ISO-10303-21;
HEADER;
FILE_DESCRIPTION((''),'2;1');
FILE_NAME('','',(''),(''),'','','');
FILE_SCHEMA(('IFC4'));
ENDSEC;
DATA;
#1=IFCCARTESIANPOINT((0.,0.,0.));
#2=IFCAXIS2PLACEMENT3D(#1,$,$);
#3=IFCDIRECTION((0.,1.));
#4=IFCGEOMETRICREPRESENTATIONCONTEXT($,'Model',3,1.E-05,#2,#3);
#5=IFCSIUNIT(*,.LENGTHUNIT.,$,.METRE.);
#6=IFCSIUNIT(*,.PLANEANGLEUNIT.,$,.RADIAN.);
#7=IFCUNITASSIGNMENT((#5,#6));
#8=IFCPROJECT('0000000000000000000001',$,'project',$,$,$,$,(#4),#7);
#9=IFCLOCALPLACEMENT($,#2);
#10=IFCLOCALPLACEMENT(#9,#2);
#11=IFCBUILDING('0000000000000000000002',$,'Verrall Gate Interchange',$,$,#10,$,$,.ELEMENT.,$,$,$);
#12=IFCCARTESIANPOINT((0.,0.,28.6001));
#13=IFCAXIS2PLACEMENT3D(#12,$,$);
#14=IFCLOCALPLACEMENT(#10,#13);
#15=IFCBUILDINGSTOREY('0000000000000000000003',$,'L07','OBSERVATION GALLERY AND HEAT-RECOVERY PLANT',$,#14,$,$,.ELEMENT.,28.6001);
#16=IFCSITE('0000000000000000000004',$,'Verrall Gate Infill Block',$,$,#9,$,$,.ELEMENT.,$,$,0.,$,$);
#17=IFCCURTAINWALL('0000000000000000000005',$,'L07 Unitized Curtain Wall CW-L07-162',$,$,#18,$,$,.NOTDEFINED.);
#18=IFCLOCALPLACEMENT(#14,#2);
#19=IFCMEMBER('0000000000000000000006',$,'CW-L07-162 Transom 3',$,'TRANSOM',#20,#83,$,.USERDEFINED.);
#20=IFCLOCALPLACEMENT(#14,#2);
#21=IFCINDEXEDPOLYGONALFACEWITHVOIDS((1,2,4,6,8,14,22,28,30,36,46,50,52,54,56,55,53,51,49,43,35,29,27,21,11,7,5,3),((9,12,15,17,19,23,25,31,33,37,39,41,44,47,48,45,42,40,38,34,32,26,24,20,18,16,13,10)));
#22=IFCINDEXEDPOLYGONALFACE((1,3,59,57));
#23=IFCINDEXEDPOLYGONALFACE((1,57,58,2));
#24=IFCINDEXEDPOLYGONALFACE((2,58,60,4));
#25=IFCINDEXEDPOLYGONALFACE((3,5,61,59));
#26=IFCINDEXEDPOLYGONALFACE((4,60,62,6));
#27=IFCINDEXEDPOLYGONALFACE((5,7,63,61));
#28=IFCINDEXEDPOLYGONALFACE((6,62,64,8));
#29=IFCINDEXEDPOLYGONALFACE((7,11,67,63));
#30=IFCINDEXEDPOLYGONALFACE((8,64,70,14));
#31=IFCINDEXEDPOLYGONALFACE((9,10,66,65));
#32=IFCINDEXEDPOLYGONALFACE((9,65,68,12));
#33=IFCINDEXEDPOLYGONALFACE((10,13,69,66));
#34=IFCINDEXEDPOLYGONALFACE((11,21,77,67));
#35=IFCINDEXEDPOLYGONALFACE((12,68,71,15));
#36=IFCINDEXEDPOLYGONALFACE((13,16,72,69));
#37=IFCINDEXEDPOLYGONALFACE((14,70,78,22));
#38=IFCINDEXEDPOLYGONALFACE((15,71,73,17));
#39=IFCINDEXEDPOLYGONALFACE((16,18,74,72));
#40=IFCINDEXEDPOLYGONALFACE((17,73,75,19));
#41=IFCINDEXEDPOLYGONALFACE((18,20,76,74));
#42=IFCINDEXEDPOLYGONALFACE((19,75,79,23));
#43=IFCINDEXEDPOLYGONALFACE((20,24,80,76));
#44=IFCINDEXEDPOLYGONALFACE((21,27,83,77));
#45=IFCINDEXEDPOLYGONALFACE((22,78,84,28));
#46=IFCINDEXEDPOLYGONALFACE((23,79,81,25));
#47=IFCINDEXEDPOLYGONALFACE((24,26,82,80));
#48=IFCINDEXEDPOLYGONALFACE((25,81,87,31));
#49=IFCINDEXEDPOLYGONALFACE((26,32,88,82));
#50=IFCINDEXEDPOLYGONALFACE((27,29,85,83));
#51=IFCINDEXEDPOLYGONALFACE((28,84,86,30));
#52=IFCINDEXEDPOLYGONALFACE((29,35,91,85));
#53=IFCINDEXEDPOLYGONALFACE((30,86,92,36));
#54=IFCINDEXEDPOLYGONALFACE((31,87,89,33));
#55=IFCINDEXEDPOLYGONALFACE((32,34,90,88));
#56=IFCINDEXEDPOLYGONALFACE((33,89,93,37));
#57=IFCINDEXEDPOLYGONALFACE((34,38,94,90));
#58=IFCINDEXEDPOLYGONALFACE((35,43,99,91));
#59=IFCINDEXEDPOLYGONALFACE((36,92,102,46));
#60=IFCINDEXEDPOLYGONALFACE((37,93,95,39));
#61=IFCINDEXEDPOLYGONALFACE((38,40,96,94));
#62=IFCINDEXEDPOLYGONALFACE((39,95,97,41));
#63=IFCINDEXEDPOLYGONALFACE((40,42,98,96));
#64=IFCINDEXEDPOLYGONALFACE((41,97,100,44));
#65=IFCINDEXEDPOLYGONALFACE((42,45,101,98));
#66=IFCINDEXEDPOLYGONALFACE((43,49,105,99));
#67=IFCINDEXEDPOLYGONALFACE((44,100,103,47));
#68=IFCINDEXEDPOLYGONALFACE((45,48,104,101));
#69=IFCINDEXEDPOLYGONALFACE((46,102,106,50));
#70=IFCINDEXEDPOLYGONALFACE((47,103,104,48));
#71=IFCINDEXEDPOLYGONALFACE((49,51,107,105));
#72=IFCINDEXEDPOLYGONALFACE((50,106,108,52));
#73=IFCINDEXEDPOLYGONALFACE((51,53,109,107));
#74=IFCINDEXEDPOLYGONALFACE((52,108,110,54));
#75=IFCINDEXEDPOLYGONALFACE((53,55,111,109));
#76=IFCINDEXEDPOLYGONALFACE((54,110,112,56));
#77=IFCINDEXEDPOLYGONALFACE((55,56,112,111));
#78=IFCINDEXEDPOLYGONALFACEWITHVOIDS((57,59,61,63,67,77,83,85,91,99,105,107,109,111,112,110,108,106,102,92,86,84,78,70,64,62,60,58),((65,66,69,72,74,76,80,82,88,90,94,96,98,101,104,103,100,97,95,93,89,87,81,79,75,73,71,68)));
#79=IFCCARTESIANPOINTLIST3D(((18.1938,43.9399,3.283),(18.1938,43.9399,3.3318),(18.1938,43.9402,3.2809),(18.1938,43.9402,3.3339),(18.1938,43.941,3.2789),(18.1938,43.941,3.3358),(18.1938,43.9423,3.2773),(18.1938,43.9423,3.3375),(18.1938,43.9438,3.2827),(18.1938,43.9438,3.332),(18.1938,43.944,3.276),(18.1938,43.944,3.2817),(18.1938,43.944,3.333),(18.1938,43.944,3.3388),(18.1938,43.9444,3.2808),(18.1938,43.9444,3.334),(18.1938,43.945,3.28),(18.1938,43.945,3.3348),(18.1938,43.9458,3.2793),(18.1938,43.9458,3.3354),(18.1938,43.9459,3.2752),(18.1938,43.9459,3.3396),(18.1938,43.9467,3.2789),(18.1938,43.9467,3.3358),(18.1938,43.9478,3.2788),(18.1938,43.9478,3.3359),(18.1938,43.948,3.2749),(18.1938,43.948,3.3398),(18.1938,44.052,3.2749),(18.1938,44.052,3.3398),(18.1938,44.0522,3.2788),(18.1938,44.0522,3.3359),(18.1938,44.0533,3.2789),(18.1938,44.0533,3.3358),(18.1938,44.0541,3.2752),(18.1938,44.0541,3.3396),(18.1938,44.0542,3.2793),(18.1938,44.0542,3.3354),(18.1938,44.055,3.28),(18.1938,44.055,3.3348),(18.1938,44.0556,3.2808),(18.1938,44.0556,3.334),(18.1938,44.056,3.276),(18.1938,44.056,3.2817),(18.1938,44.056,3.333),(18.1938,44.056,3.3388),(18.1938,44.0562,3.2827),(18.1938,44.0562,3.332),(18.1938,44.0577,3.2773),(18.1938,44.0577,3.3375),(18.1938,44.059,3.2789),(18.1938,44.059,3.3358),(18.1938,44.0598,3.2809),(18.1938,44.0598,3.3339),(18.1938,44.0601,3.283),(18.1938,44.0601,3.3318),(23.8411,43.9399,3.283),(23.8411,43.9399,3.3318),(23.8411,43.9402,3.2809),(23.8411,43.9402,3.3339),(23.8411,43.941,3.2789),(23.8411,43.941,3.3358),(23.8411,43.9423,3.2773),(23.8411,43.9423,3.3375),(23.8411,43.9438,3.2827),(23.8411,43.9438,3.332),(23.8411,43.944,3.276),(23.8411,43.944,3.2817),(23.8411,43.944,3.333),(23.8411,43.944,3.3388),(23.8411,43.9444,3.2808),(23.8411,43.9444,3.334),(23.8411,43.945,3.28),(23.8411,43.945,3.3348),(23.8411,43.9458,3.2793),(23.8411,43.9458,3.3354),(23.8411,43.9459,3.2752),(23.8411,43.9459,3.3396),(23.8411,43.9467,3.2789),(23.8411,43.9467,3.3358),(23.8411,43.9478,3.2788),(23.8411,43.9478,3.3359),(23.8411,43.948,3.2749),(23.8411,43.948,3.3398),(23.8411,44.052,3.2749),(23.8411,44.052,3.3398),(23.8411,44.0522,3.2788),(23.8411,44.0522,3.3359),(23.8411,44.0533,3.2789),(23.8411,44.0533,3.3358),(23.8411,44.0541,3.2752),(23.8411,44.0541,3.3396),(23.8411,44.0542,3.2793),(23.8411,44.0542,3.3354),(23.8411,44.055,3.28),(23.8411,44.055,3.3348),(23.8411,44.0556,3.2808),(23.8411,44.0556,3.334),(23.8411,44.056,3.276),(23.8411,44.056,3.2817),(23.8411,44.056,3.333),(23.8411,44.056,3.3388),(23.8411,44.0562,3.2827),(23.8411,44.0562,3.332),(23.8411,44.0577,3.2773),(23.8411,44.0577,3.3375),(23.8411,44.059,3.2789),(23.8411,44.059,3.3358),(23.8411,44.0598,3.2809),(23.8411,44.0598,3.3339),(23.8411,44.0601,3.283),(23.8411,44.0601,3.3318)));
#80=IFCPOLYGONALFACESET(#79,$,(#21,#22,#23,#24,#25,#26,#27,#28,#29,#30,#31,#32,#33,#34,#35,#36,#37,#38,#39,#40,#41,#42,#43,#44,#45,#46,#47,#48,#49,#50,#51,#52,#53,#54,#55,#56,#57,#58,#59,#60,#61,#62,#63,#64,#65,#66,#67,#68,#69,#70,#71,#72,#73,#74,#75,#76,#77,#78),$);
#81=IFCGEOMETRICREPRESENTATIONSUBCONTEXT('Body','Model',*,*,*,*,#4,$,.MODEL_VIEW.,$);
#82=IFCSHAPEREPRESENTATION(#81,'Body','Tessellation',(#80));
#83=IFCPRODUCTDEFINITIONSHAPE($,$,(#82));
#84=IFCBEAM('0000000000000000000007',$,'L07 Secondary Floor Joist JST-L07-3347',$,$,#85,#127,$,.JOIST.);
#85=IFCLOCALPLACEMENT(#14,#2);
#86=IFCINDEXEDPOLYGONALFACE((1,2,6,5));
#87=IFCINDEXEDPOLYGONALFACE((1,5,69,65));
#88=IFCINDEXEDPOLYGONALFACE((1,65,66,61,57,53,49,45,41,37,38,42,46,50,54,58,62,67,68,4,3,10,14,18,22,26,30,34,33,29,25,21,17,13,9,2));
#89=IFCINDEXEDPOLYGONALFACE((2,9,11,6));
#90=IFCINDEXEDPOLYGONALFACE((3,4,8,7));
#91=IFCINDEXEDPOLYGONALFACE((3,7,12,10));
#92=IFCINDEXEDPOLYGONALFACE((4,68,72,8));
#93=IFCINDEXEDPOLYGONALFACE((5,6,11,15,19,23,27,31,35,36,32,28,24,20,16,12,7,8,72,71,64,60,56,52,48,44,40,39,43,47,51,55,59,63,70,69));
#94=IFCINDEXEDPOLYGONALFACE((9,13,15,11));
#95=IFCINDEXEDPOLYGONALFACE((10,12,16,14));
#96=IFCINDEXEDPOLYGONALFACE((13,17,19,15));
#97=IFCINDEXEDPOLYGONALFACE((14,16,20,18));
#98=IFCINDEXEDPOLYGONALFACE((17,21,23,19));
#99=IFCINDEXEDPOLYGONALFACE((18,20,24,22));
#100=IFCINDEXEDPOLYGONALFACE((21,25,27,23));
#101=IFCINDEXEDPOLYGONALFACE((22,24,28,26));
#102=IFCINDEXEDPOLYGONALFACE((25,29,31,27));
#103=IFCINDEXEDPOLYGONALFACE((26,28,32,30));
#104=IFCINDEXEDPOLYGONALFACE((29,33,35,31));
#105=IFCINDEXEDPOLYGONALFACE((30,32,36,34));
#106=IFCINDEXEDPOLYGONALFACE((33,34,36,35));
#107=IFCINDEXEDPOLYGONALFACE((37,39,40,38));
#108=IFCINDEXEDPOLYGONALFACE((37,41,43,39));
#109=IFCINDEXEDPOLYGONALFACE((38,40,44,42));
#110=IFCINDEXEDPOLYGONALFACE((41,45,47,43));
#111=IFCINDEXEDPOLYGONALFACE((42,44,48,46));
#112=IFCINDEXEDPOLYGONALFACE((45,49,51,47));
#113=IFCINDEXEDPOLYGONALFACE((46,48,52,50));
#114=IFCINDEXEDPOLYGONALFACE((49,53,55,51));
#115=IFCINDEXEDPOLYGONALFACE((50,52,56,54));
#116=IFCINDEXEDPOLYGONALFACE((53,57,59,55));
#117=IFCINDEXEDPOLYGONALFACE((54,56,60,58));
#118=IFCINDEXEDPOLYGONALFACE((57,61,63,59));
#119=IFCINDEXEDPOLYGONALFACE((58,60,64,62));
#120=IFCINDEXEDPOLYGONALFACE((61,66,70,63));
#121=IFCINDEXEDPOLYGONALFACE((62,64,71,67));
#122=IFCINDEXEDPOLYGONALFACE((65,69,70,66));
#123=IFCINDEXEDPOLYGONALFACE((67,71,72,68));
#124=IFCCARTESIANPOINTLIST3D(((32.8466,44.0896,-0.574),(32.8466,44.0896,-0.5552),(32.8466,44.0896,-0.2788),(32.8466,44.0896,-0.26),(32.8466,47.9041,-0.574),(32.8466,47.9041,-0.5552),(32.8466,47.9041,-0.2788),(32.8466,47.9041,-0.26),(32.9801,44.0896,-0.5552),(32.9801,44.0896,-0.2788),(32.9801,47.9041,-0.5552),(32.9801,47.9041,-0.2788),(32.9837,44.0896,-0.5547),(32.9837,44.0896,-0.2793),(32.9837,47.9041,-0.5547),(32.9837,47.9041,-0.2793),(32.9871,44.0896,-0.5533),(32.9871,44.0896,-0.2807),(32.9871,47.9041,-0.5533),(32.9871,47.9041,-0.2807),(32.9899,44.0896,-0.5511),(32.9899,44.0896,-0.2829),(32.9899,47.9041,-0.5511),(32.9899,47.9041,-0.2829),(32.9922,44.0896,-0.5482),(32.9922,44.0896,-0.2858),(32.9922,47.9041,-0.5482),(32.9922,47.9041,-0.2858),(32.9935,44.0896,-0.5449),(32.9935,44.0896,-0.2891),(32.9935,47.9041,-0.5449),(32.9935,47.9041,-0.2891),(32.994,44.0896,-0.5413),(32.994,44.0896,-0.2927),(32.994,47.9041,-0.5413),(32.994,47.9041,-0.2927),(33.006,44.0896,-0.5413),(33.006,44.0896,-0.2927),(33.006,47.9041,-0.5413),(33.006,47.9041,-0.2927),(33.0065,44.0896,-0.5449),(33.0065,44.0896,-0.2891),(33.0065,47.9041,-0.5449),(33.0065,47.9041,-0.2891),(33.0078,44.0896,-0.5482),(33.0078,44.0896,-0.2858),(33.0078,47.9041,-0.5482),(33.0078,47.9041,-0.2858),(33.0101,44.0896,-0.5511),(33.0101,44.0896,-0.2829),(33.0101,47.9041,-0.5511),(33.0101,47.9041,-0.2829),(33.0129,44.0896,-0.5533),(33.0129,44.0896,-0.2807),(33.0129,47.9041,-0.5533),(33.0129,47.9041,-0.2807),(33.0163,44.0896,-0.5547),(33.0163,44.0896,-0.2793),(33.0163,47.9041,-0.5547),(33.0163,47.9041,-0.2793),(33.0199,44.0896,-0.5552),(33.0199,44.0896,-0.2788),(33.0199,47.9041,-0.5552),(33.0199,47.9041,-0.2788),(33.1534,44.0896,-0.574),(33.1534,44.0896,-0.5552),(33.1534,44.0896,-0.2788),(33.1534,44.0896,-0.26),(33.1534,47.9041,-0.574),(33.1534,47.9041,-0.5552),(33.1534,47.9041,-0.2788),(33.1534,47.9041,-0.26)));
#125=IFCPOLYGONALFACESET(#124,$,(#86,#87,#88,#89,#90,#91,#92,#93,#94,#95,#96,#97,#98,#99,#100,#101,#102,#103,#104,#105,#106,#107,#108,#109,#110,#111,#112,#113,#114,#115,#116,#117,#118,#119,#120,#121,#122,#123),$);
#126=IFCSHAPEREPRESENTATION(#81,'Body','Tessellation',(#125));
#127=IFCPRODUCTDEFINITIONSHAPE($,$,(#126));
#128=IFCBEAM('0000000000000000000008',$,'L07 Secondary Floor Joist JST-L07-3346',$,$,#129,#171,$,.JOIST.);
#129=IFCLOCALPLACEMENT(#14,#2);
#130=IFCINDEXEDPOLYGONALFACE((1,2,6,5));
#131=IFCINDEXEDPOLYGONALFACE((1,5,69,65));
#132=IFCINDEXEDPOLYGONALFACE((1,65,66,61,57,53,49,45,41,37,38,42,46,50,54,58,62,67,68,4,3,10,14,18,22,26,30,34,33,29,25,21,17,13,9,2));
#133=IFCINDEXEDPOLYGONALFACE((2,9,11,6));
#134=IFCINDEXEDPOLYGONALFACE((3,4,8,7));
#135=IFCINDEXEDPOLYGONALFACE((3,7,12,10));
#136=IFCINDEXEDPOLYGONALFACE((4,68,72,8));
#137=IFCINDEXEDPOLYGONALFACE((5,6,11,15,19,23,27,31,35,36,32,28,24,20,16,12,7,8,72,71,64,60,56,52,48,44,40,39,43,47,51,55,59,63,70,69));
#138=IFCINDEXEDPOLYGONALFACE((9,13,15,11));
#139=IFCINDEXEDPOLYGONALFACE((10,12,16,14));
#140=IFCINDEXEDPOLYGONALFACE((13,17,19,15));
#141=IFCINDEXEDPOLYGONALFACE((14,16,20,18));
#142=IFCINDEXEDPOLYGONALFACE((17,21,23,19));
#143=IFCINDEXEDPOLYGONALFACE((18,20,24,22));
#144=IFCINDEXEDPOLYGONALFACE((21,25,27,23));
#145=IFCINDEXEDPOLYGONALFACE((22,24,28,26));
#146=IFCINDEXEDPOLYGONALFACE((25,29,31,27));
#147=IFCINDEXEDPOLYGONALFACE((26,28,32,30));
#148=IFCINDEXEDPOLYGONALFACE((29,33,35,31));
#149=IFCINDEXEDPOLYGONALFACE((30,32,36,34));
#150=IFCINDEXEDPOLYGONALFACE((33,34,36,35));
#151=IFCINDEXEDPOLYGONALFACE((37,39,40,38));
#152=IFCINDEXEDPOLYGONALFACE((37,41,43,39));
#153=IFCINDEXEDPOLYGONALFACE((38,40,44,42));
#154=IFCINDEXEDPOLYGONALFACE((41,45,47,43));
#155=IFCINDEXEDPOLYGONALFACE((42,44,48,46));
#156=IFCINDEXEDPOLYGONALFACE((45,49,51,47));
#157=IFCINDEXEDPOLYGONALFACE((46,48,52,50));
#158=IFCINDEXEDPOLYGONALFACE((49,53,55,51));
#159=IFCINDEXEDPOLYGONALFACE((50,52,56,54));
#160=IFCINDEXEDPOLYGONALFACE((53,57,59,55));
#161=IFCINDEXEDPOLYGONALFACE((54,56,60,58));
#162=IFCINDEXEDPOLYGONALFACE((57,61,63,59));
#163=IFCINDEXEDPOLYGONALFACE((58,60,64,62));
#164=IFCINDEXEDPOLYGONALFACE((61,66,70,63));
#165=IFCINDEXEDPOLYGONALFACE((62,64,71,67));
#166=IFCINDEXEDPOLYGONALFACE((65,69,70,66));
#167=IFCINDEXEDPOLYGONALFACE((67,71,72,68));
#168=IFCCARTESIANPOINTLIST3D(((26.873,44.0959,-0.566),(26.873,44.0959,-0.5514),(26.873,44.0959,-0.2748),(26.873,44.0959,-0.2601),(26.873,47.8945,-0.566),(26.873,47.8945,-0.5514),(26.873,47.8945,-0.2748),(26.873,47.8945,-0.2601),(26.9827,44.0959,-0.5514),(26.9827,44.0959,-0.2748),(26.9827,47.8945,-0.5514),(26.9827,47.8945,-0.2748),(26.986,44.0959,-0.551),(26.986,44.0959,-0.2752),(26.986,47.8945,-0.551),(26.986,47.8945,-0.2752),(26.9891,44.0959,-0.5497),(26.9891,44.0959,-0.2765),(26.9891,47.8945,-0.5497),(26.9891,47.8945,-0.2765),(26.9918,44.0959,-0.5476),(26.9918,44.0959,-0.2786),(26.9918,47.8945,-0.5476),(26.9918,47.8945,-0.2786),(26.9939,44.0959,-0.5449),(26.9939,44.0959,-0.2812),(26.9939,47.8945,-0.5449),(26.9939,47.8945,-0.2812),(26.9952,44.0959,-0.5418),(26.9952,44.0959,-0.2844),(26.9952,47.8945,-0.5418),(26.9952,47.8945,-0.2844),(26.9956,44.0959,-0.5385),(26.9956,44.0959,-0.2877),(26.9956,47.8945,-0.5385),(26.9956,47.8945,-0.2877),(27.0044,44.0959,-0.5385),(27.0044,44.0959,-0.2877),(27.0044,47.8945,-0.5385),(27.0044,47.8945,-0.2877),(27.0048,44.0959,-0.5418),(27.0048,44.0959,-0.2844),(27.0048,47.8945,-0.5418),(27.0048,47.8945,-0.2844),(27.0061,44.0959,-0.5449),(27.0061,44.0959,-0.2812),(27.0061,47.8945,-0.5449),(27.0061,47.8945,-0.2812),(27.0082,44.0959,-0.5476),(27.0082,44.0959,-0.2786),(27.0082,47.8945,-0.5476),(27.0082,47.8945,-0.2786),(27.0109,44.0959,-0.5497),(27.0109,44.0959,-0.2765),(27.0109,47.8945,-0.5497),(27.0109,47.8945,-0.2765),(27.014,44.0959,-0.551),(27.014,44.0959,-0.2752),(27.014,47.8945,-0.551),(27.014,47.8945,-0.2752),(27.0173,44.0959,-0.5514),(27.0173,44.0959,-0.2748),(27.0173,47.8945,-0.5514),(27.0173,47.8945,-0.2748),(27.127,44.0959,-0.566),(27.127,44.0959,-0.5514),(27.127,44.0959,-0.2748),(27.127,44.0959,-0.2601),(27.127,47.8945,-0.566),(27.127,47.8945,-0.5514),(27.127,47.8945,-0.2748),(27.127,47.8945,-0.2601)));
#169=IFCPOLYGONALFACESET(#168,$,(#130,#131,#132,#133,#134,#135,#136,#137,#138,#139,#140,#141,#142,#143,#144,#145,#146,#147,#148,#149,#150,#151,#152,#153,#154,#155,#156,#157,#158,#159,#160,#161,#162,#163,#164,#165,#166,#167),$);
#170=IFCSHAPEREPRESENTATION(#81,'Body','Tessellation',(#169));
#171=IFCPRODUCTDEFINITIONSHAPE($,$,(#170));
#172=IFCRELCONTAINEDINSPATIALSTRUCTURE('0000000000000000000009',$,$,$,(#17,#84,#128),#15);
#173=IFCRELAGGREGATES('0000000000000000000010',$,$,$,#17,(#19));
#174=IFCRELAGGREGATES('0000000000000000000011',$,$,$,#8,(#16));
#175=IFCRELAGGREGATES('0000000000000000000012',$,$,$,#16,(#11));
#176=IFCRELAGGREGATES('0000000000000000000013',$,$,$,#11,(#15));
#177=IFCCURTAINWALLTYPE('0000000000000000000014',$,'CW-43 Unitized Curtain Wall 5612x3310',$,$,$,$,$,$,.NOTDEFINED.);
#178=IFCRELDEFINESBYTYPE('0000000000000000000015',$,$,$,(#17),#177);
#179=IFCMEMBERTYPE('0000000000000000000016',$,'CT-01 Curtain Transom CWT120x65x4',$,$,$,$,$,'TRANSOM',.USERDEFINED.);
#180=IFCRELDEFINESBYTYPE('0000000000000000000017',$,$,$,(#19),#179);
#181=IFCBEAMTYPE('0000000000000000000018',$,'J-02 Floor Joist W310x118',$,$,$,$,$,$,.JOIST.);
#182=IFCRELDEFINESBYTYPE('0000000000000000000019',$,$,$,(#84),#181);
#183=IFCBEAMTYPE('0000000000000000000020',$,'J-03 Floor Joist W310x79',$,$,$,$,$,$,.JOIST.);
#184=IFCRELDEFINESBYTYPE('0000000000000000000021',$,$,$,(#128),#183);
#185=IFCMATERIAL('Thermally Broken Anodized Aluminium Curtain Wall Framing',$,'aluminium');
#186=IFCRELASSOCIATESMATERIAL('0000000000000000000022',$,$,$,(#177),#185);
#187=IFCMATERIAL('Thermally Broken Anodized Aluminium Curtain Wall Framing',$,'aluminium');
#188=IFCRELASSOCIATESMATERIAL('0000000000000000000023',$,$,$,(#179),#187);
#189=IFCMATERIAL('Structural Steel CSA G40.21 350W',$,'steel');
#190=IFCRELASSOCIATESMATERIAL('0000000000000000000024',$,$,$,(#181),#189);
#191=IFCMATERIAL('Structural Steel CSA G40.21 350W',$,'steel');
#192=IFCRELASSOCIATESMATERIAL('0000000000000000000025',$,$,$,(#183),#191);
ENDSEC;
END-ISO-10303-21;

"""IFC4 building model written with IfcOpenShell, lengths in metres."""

from ifc_helpers import new_model, si_unit, direction, frame, origin, origin_2d, place, context, subcontext, project, spatial, hollow_rectangle, i_section, extrude, material, material_profile, profile_set, type_object, element, aggregate, save


model = new_model("IFC4")

# Units and contexts
model_context = context("Model", 3, precision=1e-05, world=origin(), true_north=direction((0.0, 1.0)))
body_context = subcontext(model_context, "Body", "Model", "MODEL_VIEW")
ifc_project = project(units=[si_unit("LENGTHUNIT", "METRE"), si_unit("PLANEANGLEUNIT", "RADIAN")], contexts=[model_context])

# Site, building, storey
site_placement = place(None, origin())
site = spatial("IfcSite", under=ifc_project, at=site_placement, Name="Verrall Gate Infill Block", CompositionType="ELEMENT", RefElevation=0.0)
building_placement = place(site_placement, origin())
building = spatial("IfcBuilding", under=site, at=building_placement, Name="Verrall Gate Interchange", CompositionType="ELEMENT")
storey_placement = place(building_placement, frame((0.0, 0.0, 28.6001)))
storey = spatial("IfcBuildingStorey", under=building, at=storey_placement, Name="L07", Description="OBSERVATION GALLERY AND HEAT-RECOVERY PLANT", CompositionType="ELEMENT", Elevation=28.6001)

# Curtain wall, member
ifc_material_1 = material(Name="Thermally Broken Anodized Aluminium Curtain Wall Framing", Category="aluminium")
curtain_wall_type = type_object("IfcCurtainWallType", Name="CW-43 Unitized Curtain Wall 5612x3310", PredefinedType="NOTDEFINED", material=ifc_material_1)
curtain_wall_placement = place(storey_placement, origin())
curtain_wall = element("IfcCurtainWall", 1, at=curtain_wall_placement, inside=storey, type_object=curtain_wall_type, Name="L07 Unitized Curtain Wall CW-L07-162", PredefinedType="NOTDEFINED")
ifc_material_2 = material(Name="Thermally Broken Anodized Aluminium Curtain Wall Framing", Category="aluminium")
ifc_material_profile_1 = material_profile(ifc_material_2, hollow_rectangle(XDim=0.1201, YDim=0.0649, WallThickness=0.0039, InnerFilletRadius=0.0039, OuterFilletRadius=0.0081, at=origin_2d()), Name="CWT120x65x4")
ifc_profile_set_1 = profile_set([ifc_material_profile_1], Name="Thermally Broken Anodized Aluminium Curtain Wall Framing")
member_type_1 = type_object("IfcMemberType", Name="CT-01 Curtain Transom CWT120x65x4", ElementType="TRANSOM", PredefinedType="USERDEFINED", material=ifc_profile_set_1)
member_1_placement = place(storey_placement, frame((23.8411, 44.0, 3.3074), z_axis=(-1.0, 0.0, 0.0), x_axis=(0.0, -1.0, 0.0)))
member_1 = element("IfcMember", 2, at=member_1_placement, type_object=member_type_1, Name="CW-L07-162 Transom 3", ObjectType="TRANSOM", PredefinedType="USERDEFINED", context=body_context, shape_type="SweptSolid", body=[
    extrude(hollow_rectangle(XDim=0.1201, YDim=0.0649, WallThickness=0.0039, InnerFilletRadius=0.0039, OuterFilletRadius=0.0081, at=origin_2d()), origin(), (0.0, 0.0, 1.0), 5.6472),
])

# Beams
ifc_material_3 = material(Name="Structural Steel CSA G40.21 350W", Category="steel")
ifc_material_profile_2 = material_profile(ifc_material_3, i_section(OverallWidth=0.3069, OverallDepth=0.314, WebThickness=0.012, FlangeThickness=0.0188, FilletRadius=0.0139, at=origin_2d()), Name="W310x118")
ifc_profile_set_2 = profile_set([ifc_material_profile_2], Name="Structural Steel CSA G40.21 350W")
beam_type_1 = type_object("IfcBeamType", Name="J-02 Floor Joist W310x118", PredefinedType="JOIST", material=ifc_profile_set_2)
beam_1_placement = place(storey_placement, frame((33.0, 44.0896, -0.417), z_axis=(0.0, 1.0, 0.0), x_axis=(-1.0, 0.0, 0.0)))
element("IfcBeam", 3, at=beam_1_placement, inside=storey, type_object=beam_type_1, Name="L07 Secondary Floor Joist JST-L07-3347", PredefinedType="JOIST", context=body_context, shape_type="SweptSolid", body=[
    extrude(i_section(OverallWidth=0.3069, OverallDepth=0.314, WebThickness=0.012, FlangeThickness=0.0188, FilletRadius=0.0139, at=origin_2d()), origin(), (0.0, 0.0, 1.0), 3.8145),
])
ifc_material_4 = material(Name="Structural Steel CSA G40.21 350W", Category="steel")
ifc_material_profile_3 = material_profile(ifc_material_4, i_section(OverallWidth=0.2539, OverallDepth=0.3059, WebThickness=0.0088, FlangeThickness=0.0146, FilletRadius=0.0129, at=origin_2d()), Name="W310x79")
ifc_profile_set_3 = profile_set([ifc_material_profile_3], Name="Structural Steel CSA G40.21 350W")
beam_type_2 = type_object("IfcBeamType", Name="J-03 Floor Joist W310x79", PredefinedType="JOIST", material=ifc_profile_set_3)
beam_2_placement = place(storey_placement, frame((27.0, 44.0959, -0.4131), z_axis=(0.0, 1.0, 0.0), x_axis=(-1.0, 0.0, 0.0)))
element("IfcBeam", 4, at=beam_2_placement, inside=storey, type_object=beam_type_2, Name="L07 Secondary Floor Joist JST-L07-3346", PredefinedType="JOIST", context=body_context, shape_type="SweptSolid", body=[
    extrude(i_section(OverallWidth=0.2539, OverallDepth=0.3059, WebThickness=0.0088, FlangeThickness=0.0146, FilletRadius=0.0129, at=origin_2d()), origin(), (0.0, 0.0, 1.0), 3.7986),
])

aggregate(curtain_wall, [member_1])

save(model, "model.ifc")
